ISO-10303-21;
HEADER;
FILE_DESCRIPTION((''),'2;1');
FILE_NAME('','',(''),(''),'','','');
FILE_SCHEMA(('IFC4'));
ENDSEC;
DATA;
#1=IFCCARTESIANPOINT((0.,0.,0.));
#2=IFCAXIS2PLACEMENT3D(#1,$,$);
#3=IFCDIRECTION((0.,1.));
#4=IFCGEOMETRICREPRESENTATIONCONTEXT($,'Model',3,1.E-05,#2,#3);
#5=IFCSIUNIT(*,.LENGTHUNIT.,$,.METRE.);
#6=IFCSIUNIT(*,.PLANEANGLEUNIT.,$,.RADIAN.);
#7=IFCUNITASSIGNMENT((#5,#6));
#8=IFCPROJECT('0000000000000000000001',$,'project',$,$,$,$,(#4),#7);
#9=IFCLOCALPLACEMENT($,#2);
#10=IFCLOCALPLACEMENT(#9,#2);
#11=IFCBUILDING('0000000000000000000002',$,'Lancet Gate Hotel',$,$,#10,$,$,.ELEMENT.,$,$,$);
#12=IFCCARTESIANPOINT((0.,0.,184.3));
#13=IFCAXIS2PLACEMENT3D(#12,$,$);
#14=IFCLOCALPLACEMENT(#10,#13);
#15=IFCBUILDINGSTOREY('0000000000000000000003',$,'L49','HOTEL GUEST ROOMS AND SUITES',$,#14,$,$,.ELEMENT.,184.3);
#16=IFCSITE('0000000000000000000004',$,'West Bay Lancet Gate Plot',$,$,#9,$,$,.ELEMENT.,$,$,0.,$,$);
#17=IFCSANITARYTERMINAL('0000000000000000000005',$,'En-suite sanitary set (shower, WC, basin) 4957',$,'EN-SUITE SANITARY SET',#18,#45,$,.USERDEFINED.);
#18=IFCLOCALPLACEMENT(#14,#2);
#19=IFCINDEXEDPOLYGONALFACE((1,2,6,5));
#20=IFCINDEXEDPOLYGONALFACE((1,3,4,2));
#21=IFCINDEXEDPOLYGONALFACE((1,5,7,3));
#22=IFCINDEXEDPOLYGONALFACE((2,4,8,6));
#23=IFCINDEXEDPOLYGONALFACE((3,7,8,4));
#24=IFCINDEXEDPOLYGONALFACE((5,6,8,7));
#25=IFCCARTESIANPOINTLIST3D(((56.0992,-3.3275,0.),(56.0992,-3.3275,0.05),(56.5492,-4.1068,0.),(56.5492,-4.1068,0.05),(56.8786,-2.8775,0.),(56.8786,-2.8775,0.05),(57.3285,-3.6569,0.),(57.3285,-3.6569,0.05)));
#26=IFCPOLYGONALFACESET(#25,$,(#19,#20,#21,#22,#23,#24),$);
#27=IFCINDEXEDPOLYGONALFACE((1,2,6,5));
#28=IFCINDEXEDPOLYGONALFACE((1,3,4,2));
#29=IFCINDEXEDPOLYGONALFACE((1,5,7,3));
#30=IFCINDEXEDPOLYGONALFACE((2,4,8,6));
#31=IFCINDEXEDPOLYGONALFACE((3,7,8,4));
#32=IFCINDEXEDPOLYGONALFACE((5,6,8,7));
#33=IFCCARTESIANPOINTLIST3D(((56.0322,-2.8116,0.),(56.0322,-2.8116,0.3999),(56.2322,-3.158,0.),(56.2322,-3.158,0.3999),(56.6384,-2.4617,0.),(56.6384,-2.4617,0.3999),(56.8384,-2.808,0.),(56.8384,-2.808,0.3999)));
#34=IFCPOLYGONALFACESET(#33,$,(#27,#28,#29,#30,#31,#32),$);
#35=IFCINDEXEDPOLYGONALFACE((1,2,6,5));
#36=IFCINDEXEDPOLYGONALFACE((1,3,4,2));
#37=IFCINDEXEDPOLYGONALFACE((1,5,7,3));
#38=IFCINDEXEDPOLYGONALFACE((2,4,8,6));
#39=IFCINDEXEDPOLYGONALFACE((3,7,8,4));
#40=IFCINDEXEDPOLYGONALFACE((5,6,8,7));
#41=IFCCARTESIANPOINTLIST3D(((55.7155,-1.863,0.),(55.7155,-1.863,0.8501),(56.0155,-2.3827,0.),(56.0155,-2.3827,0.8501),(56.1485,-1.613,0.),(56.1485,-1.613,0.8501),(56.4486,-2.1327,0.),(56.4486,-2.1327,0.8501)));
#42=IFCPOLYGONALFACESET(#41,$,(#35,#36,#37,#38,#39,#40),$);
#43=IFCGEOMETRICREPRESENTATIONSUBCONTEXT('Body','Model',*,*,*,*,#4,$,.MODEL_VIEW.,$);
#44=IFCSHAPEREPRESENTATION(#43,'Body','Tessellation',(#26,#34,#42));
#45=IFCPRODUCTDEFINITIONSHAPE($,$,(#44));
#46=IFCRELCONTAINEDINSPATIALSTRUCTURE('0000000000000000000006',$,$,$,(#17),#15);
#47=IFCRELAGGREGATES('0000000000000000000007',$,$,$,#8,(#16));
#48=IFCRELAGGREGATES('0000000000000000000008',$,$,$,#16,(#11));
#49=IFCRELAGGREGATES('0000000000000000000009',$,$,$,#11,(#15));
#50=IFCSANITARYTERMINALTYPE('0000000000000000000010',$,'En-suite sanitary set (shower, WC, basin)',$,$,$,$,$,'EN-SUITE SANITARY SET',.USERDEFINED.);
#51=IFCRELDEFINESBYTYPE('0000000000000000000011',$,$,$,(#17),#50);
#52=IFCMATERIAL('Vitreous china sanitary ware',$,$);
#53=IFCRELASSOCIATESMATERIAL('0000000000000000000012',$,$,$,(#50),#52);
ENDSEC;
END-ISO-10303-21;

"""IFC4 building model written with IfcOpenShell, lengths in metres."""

from ifc_helpers import new_model, si_unit, direction, frame, origin, origin_2d, place, context, subcontext, project, spatial, rectangle, extrude, material, type_object, element, save


model = new_model("IFC4")

# Units and contexts
model_context = context("Model", 3, precision=1e-05, world=origin(), true_north=direction((0.0, 1.0)))
body_context = subcontext(model_context, "Body", "Model", "MODEL_VIEW")
ifc_project = project(units=[si_unit("LENGTHUNIT", "METRE"), si_unit("PLANEANGLEUNIT", "RADIAN")], contexts=[model_context])

# Site, building, storey
site_placement = place(None, origin())
site = spatial("IfcSite", under=ifc_project, at=site_placement, Name="West Bay Lancet Gate Plot", CompositionType="ELEMENT", RefElevation=0.0)
building_placement = place(site_placement, origin())
building = spatial("IfcBuilding", under=site, at=building_placement, Name="Lancet Gate Hotel", CompositionType="ELEMENT")
storey_placement = place(building_placement, frame((0.0, 0.0, 184.3)))
storey = spatial("IfcBuildingStorey", under=building, at=storey_placement, Name="L49", Description="HOTEL GUEST ROOMS AND SUITES", CompositionType="ELEMENT", Elevation=184.3)

# Sanitary terminal
ifc_material_1 = material(Name="Vitreous china sanitary ware")
sanitary_terminal_type = type_object("IfcSanitaryTerminalType", Name="En-suite sanitary set (shower, WC, basin)", ElementType="EN-SUITE SANITARY SET", PredefinedType="USERDEFINED", material=ifc_material_1)
sanitary_terminal_placement = place(storey_placement, frame((56.7139, -3.4922, 0.0), z_axis=(0.0, 0.0, 1.0), x_axis=(1.0, 0.0, 0.0)))
element("IfcSanitaryTerminal", 1, at=sanitary_terminal_placement, inside=storey, type_object=sanitary_terminal_type, Name="En-suite sanitary set (shower, WC, basin) 4957", ObjectType="EN-SUITE SANITARY SET", PredefinedType="USERDEFINED", context=body_context, shape_type="SweptSolid", body=[
    extrude(rectangle(XDim=0.8999, YDim=0.8999, at=origin_2d()), frame((0.0, 0.0, 0.0), z_axis=(0.0, 0.0, 1.0), x_axis=(0.5, -0.866025, 0.0)), (0.0, 0.0, 1.0), 0.05),
    extrude(rectangle(XDim=0.3999, YDim=0.7, at=origin_2d()), frame((-0.2786, 0.6824, 0.0), z_axis=(0.0, 0.0, 1.0), x_axis=(0.5, -0.866025, 0.0)), (0.0, 0.0, 1.0), 0.3999),
    extrude(rectangle(XDim=0.6001, YDim=0.5, at=origin_2d()), frame((-0.6318, 1.4944, 0.0), z_axis=(0.0, 0.0, 1.0), x_axis=(0.5, -0.866025, 0.0)), (0.0, 0.0, 1.0), 0.8501),
])

save(model, "model.ifc")
